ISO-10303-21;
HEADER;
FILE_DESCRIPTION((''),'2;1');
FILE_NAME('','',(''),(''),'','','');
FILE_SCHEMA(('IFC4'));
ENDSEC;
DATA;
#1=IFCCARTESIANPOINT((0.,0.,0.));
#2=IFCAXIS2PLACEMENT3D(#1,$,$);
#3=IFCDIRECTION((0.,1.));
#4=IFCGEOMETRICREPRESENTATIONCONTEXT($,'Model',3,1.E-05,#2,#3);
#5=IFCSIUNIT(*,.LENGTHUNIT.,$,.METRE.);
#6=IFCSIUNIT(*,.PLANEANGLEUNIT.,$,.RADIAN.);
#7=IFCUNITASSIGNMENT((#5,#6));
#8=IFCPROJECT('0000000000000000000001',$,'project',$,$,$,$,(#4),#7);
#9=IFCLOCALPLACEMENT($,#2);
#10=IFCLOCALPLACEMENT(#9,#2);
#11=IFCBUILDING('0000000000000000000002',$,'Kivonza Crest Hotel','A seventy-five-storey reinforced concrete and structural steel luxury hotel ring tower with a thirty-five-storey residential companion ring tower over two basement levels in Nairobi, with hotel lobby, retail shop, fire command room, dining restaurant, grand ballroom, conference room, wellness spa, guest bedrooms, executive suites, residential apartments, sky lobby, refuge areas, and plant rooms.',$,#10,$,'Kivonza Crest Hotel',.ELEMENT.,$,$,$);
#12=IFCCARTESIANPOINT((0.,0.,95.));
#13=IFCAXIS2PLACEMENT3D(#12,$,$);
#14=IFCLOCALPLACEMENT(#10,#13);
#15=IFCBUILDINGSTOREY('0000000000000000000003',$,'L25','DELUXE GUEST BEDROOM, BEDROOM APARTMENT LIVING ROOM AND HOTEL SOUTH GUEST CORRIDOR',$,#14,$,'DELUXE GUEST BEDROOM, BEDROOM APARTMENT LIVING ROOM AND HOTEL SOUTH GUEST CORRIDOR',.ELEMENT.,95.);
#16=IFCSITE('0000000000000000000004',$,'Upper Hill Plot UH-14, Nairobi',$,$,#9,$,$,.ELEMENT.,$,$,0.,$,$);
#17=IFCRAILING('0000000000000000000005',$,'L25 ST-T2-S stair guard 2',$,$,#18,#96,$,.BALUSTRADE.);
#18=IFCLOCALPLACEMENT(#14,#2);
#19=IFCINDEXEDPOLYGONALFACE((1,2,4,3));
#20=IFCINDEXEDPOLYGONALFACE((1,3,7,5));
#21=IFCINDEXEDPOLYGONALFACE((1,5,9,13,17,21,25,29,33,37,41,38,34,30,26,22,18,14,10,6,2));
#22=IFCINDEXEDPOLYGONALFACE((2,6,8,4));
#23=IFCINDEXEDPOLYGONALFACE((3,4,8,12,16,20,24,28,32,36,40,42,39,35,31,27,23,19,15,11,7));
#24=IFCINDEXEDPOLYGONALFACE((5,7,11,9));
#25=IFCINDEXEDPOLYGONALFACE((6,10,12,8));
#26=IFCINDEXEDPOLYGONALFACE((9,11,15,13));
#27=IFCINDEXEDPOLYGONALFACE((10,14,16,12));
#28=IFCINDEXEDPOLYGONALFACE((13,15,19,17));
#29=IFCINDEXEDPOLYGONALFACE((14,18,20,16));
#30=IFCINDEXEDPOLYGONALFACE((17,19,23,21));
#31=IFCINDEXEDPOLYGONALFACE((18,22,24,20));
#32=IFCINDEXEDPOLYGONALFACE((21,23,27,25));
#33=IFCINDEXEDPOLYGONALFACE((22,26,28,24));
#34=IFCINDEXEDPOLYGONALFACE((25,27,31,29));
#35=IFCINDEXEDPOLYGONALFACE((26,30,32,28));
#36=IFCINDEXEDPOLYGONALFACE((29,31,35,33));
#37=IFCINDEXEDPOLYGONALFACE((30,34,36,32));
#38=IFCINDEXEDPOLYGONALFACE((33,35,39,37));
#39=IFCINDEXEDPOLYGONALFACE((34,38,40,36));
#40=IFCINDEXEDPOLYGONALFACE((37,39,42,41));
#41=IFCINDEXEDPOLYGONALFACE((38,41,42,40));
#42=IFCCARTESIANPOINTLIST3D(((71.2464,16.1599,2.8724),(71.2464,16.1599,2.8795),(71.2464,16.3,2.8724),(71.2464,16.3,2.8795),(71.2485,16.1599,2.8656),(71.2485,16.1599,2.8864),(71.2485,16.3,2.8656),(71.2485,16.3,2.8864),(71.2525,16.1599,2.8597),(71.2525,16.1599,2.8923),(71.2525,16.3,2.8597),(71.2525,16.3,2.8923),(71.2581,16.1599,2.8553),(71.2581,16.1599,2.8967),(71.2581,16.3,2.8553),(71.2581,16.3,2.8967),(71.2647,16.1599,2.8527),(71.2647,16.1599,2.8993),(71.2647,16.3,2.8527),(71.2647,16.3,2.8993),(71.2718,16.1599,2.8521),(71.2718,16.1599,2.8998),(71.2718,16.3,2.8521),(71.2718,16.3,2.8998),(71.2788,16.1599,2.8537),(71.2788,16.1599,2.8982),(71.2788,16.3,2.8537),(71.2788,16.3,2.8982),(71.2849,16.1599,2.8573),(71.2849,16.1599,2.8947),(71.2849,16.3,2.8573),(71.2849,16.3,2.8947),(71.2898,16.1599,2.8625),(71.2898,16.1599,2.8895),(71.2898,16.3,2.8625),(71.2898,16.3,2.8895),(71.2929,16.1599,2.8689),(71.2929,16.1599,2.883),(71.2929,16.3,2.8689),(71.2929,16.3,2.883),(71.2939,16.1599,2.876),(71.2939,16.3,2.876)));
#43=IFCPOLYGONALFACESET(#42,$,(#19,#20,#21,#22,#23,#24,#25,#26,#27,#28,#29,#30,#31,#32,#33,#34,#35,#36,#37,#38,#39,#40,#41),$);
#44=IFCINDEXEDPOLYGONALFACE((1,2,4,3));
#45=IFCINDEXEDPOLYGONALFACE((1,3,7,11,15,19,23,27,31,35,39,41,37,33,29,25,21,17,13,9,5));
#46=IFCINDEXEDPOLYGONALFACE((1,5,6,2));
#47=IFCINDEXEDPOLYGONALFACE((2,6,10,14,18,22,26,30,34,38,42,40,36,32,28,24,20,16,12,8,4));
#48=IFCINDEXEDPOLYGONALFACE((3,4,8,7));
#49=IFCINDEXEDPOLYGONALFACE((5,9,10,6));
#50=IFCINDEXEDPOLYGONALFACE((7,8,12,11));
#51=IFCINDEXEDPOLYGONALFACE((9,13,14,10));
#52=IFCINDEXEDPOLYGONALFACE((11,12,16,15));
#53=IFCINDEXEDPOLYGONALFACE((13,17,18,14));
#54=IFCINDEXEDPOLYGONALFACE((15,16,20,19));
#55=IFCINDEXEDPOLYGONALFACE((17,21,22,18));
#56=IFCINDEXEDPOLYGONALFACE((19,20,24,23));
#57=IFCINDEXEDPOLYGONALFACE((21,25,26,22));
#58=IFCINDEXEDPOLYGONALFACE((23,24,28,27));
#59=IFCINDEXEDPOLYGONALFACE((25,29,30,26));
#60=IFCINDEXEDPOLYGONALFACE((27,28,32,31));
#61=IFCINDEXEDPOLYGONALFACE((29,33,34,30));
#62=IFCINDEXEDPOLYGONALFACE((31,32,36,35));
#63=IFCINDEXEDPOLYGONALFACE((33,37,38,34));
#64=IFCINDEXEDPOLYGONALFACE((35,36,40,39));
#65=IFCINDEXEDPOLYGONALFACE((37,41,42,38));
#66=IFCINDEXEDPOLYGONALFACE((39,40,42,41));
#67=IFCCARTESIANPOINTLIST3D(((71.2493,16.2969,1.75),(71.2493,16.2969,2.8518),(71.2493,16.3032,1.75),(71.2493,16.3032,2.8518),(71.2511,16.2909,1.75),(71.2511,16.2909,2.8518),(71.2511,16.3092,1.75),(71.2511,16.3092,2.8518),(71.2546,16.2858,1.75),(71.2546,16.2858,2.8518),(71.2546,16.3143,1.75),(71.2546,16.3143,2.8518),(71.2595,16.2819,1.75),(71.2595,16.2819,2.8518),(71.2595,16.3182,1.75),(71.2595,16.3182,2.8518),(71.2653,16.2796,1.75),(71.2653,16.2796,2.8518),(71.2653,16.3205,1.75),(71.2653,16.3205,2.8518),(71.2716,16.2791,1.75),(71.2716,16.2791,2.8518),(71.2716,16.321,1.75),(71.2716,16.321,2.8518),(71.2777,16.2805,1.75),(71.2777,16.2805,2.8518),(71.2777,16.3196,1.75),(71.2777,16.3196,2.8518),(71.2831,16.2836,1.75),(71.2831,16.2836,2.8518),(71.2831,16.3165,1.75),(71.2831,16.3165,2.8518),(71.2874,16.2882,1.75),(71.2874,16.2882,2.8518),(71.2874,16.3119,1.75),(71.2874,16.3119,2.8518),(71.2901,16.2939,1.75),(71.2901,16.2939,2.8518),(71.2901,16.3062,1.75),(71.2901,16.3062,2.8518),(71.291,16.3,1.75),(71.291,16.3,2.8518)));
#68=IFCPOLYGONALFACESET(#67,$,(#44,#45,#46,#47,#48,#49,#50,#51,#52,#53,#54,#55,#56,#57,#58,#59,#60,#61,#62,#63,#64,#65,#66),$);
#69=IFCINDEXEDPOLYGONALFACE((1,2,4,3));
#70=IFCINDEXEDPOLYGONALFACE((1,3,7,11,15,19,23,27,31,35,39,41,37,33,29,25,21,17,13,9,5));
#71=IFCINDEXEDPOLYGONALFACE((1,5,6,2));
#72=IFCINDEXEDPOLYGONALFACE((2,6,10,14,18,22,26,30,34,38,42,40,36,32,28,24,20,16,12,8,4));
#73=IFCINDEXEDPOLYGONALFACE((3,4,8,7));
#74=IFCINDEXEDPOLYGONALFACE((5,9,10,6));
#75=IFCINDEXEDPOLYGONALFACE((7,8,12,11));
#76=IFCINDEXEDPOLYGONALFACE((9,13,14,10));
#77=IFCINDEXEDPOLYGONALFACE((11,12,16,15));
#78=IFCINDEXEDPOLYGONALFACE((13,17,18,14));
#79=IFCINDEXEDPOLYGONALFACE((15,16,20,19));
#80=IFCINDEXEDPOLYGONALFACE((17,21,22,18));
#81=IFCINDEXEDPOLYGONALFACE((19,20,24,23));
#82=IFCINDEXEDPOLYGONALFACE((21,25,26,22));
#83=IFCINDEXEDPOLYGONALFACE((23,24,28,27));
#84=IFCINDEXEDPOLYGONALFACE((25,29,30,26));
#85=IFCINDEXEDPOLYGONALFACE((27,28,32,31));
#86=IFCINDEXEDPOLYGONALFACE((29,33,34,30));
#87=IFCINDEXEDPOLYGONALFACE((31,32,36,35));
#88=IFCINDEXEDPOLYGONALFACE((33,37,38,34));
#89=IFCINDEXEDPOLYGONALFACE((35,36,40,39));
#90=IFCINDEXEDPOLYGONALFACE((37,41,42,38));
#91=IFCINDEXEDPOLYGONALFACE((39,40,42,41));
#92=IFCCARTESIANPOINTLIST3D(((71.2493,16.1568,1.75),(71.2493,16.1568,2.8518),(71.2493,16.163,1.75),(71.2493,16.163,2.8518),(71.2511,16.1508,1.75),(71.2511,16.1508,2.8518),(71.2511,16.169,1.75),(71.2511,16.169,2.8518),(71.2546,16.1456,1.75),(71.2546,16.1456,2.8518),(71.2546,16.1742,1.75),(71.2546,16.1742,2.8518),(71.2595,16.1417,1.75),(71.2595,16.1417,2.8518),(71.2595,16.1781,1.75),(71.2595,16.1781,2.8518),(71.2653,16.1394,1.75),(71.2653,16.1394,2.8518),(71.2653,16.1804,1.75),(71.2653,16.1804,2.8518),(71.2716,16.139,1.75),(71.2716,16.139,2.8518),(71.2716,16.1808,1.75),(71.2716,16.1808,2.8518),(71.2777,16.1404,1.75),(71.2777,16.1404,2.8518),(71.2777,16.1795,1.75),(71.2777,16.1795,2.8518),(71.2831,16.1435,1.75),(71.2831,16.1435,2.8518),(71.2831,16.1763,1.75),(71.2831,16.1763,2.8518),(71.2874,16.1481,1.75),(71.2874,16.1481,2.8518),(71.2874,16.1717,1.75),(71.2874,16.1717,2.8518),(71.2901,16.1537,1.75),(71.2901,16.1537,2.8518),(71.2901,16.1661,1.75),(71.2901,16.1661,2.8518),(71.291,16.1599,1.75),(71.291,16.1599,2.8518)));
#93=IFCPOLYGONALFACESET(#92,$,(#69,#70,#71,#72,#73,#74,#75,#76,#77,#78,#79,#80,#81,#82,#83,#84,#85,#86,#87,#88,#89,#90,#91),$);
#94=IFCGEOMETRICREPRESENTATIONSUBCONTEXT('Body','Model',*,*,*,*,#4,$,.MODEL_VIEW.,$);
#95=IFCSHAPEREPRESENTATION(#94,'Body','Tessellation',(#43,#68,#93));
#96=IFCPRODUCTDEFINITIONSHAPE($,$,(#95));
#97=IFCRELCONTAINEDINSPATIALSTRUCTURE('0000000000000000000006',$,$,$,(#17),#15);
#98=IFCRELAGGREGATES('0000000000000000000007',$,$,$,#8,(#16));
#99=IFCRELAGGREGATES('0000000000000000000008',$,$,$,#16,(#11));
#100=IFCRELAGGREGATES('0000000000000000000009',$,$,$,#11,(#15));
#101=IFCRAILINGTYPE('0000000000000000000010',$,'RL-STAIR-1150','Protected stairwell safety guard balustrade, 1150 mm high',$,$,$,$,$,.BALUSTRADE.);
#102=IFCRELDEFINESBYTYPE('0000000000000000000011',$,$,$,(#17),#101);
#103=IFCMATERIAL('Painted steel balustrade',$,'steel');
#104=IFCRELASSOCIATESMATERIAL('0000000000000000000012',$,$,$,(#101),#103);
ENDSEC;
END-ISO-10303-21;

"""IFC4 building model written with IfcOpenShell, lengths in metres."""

from ifc_helpers import new_model, si_unit, direction, frame, origin, origin_2d, place, context, subcontext, project, spatial, circle, extrude, material, type_object, element, save


model = new_model("IFC4")

# Units and contexts
model_context = context("Model", 3, precision=1e-05, world=origin(), true_north=direction((0.0, 1.0)))
body_context = subcontext(model_context, "Body", "Model", "MODEL_VIEW")
ifc_project = project(units=[si_unit("LENGTHUNIT", "METRE"), si_unit("PLANEANGLEUNIT", "RADIAN")], contexts=[model_context])

# Site, building, storey
site_placement = place(None, origin())
site = spatial("IfcSite", under=ifc_project, at=site_placement, Name="Upper Hill Plot UH-14, Nairobi", CompositionType="ELEMENT", RefElevation=0.0)
building_placement = place(site_placement, origin())
building = spatial("IfcBuilding", under=site, at=building_placement, Name="Kivonza Crest Hotel", Description="A seventy-five-storey reinforced concrete and structural steel luxury hotel ring tower with a thirty-five-storey residential companion ring tower over two basement levels in Nairobi, with hotel lobby, retail shop, fire command room, dining restaurant, grand ballroom, conference room, wellness spa, guest bedrooms, executive suites, residential apartments, sky lobby, refuge areas, and plant rooms.", LongName="Kivonza Crest Hotel", CompositionType="ELEMENT")
storey_placement = place(building_placement, frame((0.0, 0.0, 95.0)))
storey = spatial("IfcBuildingStorey", under=building, at=storey_placement, Name="L25", Description="DELUXE GUEST BEDROOM, BEDROOM APARTMENT LIVING ROOM AND HOTEL SOUTH GUEST CORRIDOR", LongName="DELUXE GUEST BEDROOM, BEDROOM APARTMENT LIVING ROOM AND HOTEL SOUTH GUEST CORRIDOR", CompositionType="ELEMENT", Elevation=95.0)

# Railing
ifc_material_1 = material(Name="Painted steel balustrade", Category="steel")
railing_type_1 = type_object("IfcRailingType", Name="RL-STAIR-1150", Description="Protected stairwell safety guard balustrade, 1150 mm high", PredefinedType="BALUSTRADE", material=ifc_material_1)
railing_1_placement = place(storey_placement, frame((71.27, 16.3, 1.75)))
element("IfcRailing", 1, at=railing_1_placement, inside=storey, type_object=railing_type_1, Name="L25 ST-T2-S stair guard 2", PredefinedType="BALUSTRADE", context=body_context, shape_type="SweptSolid", body=[
    extrude(circle(Radius=0.0239, at=origin_2d()), frame((0.0, 0.0, 1.126), z_axis=(0.0, -1.0, 0.0), x_axis=(1.0, 0.0, 0.0)), (0.0, 0.0, 1.0), 0.1401),
    extrude(circle(Radius=0.021, at=origin_2d()), origin(), (0.0, 0.0, 1.0), 1.1018),
    extrude(circle(Radius=0.021, at=origin_2d()), frame((0.0, -0.1401, 0.0)), (0.0, 0.0, 1.0), 1.1018),
])

save(model, "model.ifc")
